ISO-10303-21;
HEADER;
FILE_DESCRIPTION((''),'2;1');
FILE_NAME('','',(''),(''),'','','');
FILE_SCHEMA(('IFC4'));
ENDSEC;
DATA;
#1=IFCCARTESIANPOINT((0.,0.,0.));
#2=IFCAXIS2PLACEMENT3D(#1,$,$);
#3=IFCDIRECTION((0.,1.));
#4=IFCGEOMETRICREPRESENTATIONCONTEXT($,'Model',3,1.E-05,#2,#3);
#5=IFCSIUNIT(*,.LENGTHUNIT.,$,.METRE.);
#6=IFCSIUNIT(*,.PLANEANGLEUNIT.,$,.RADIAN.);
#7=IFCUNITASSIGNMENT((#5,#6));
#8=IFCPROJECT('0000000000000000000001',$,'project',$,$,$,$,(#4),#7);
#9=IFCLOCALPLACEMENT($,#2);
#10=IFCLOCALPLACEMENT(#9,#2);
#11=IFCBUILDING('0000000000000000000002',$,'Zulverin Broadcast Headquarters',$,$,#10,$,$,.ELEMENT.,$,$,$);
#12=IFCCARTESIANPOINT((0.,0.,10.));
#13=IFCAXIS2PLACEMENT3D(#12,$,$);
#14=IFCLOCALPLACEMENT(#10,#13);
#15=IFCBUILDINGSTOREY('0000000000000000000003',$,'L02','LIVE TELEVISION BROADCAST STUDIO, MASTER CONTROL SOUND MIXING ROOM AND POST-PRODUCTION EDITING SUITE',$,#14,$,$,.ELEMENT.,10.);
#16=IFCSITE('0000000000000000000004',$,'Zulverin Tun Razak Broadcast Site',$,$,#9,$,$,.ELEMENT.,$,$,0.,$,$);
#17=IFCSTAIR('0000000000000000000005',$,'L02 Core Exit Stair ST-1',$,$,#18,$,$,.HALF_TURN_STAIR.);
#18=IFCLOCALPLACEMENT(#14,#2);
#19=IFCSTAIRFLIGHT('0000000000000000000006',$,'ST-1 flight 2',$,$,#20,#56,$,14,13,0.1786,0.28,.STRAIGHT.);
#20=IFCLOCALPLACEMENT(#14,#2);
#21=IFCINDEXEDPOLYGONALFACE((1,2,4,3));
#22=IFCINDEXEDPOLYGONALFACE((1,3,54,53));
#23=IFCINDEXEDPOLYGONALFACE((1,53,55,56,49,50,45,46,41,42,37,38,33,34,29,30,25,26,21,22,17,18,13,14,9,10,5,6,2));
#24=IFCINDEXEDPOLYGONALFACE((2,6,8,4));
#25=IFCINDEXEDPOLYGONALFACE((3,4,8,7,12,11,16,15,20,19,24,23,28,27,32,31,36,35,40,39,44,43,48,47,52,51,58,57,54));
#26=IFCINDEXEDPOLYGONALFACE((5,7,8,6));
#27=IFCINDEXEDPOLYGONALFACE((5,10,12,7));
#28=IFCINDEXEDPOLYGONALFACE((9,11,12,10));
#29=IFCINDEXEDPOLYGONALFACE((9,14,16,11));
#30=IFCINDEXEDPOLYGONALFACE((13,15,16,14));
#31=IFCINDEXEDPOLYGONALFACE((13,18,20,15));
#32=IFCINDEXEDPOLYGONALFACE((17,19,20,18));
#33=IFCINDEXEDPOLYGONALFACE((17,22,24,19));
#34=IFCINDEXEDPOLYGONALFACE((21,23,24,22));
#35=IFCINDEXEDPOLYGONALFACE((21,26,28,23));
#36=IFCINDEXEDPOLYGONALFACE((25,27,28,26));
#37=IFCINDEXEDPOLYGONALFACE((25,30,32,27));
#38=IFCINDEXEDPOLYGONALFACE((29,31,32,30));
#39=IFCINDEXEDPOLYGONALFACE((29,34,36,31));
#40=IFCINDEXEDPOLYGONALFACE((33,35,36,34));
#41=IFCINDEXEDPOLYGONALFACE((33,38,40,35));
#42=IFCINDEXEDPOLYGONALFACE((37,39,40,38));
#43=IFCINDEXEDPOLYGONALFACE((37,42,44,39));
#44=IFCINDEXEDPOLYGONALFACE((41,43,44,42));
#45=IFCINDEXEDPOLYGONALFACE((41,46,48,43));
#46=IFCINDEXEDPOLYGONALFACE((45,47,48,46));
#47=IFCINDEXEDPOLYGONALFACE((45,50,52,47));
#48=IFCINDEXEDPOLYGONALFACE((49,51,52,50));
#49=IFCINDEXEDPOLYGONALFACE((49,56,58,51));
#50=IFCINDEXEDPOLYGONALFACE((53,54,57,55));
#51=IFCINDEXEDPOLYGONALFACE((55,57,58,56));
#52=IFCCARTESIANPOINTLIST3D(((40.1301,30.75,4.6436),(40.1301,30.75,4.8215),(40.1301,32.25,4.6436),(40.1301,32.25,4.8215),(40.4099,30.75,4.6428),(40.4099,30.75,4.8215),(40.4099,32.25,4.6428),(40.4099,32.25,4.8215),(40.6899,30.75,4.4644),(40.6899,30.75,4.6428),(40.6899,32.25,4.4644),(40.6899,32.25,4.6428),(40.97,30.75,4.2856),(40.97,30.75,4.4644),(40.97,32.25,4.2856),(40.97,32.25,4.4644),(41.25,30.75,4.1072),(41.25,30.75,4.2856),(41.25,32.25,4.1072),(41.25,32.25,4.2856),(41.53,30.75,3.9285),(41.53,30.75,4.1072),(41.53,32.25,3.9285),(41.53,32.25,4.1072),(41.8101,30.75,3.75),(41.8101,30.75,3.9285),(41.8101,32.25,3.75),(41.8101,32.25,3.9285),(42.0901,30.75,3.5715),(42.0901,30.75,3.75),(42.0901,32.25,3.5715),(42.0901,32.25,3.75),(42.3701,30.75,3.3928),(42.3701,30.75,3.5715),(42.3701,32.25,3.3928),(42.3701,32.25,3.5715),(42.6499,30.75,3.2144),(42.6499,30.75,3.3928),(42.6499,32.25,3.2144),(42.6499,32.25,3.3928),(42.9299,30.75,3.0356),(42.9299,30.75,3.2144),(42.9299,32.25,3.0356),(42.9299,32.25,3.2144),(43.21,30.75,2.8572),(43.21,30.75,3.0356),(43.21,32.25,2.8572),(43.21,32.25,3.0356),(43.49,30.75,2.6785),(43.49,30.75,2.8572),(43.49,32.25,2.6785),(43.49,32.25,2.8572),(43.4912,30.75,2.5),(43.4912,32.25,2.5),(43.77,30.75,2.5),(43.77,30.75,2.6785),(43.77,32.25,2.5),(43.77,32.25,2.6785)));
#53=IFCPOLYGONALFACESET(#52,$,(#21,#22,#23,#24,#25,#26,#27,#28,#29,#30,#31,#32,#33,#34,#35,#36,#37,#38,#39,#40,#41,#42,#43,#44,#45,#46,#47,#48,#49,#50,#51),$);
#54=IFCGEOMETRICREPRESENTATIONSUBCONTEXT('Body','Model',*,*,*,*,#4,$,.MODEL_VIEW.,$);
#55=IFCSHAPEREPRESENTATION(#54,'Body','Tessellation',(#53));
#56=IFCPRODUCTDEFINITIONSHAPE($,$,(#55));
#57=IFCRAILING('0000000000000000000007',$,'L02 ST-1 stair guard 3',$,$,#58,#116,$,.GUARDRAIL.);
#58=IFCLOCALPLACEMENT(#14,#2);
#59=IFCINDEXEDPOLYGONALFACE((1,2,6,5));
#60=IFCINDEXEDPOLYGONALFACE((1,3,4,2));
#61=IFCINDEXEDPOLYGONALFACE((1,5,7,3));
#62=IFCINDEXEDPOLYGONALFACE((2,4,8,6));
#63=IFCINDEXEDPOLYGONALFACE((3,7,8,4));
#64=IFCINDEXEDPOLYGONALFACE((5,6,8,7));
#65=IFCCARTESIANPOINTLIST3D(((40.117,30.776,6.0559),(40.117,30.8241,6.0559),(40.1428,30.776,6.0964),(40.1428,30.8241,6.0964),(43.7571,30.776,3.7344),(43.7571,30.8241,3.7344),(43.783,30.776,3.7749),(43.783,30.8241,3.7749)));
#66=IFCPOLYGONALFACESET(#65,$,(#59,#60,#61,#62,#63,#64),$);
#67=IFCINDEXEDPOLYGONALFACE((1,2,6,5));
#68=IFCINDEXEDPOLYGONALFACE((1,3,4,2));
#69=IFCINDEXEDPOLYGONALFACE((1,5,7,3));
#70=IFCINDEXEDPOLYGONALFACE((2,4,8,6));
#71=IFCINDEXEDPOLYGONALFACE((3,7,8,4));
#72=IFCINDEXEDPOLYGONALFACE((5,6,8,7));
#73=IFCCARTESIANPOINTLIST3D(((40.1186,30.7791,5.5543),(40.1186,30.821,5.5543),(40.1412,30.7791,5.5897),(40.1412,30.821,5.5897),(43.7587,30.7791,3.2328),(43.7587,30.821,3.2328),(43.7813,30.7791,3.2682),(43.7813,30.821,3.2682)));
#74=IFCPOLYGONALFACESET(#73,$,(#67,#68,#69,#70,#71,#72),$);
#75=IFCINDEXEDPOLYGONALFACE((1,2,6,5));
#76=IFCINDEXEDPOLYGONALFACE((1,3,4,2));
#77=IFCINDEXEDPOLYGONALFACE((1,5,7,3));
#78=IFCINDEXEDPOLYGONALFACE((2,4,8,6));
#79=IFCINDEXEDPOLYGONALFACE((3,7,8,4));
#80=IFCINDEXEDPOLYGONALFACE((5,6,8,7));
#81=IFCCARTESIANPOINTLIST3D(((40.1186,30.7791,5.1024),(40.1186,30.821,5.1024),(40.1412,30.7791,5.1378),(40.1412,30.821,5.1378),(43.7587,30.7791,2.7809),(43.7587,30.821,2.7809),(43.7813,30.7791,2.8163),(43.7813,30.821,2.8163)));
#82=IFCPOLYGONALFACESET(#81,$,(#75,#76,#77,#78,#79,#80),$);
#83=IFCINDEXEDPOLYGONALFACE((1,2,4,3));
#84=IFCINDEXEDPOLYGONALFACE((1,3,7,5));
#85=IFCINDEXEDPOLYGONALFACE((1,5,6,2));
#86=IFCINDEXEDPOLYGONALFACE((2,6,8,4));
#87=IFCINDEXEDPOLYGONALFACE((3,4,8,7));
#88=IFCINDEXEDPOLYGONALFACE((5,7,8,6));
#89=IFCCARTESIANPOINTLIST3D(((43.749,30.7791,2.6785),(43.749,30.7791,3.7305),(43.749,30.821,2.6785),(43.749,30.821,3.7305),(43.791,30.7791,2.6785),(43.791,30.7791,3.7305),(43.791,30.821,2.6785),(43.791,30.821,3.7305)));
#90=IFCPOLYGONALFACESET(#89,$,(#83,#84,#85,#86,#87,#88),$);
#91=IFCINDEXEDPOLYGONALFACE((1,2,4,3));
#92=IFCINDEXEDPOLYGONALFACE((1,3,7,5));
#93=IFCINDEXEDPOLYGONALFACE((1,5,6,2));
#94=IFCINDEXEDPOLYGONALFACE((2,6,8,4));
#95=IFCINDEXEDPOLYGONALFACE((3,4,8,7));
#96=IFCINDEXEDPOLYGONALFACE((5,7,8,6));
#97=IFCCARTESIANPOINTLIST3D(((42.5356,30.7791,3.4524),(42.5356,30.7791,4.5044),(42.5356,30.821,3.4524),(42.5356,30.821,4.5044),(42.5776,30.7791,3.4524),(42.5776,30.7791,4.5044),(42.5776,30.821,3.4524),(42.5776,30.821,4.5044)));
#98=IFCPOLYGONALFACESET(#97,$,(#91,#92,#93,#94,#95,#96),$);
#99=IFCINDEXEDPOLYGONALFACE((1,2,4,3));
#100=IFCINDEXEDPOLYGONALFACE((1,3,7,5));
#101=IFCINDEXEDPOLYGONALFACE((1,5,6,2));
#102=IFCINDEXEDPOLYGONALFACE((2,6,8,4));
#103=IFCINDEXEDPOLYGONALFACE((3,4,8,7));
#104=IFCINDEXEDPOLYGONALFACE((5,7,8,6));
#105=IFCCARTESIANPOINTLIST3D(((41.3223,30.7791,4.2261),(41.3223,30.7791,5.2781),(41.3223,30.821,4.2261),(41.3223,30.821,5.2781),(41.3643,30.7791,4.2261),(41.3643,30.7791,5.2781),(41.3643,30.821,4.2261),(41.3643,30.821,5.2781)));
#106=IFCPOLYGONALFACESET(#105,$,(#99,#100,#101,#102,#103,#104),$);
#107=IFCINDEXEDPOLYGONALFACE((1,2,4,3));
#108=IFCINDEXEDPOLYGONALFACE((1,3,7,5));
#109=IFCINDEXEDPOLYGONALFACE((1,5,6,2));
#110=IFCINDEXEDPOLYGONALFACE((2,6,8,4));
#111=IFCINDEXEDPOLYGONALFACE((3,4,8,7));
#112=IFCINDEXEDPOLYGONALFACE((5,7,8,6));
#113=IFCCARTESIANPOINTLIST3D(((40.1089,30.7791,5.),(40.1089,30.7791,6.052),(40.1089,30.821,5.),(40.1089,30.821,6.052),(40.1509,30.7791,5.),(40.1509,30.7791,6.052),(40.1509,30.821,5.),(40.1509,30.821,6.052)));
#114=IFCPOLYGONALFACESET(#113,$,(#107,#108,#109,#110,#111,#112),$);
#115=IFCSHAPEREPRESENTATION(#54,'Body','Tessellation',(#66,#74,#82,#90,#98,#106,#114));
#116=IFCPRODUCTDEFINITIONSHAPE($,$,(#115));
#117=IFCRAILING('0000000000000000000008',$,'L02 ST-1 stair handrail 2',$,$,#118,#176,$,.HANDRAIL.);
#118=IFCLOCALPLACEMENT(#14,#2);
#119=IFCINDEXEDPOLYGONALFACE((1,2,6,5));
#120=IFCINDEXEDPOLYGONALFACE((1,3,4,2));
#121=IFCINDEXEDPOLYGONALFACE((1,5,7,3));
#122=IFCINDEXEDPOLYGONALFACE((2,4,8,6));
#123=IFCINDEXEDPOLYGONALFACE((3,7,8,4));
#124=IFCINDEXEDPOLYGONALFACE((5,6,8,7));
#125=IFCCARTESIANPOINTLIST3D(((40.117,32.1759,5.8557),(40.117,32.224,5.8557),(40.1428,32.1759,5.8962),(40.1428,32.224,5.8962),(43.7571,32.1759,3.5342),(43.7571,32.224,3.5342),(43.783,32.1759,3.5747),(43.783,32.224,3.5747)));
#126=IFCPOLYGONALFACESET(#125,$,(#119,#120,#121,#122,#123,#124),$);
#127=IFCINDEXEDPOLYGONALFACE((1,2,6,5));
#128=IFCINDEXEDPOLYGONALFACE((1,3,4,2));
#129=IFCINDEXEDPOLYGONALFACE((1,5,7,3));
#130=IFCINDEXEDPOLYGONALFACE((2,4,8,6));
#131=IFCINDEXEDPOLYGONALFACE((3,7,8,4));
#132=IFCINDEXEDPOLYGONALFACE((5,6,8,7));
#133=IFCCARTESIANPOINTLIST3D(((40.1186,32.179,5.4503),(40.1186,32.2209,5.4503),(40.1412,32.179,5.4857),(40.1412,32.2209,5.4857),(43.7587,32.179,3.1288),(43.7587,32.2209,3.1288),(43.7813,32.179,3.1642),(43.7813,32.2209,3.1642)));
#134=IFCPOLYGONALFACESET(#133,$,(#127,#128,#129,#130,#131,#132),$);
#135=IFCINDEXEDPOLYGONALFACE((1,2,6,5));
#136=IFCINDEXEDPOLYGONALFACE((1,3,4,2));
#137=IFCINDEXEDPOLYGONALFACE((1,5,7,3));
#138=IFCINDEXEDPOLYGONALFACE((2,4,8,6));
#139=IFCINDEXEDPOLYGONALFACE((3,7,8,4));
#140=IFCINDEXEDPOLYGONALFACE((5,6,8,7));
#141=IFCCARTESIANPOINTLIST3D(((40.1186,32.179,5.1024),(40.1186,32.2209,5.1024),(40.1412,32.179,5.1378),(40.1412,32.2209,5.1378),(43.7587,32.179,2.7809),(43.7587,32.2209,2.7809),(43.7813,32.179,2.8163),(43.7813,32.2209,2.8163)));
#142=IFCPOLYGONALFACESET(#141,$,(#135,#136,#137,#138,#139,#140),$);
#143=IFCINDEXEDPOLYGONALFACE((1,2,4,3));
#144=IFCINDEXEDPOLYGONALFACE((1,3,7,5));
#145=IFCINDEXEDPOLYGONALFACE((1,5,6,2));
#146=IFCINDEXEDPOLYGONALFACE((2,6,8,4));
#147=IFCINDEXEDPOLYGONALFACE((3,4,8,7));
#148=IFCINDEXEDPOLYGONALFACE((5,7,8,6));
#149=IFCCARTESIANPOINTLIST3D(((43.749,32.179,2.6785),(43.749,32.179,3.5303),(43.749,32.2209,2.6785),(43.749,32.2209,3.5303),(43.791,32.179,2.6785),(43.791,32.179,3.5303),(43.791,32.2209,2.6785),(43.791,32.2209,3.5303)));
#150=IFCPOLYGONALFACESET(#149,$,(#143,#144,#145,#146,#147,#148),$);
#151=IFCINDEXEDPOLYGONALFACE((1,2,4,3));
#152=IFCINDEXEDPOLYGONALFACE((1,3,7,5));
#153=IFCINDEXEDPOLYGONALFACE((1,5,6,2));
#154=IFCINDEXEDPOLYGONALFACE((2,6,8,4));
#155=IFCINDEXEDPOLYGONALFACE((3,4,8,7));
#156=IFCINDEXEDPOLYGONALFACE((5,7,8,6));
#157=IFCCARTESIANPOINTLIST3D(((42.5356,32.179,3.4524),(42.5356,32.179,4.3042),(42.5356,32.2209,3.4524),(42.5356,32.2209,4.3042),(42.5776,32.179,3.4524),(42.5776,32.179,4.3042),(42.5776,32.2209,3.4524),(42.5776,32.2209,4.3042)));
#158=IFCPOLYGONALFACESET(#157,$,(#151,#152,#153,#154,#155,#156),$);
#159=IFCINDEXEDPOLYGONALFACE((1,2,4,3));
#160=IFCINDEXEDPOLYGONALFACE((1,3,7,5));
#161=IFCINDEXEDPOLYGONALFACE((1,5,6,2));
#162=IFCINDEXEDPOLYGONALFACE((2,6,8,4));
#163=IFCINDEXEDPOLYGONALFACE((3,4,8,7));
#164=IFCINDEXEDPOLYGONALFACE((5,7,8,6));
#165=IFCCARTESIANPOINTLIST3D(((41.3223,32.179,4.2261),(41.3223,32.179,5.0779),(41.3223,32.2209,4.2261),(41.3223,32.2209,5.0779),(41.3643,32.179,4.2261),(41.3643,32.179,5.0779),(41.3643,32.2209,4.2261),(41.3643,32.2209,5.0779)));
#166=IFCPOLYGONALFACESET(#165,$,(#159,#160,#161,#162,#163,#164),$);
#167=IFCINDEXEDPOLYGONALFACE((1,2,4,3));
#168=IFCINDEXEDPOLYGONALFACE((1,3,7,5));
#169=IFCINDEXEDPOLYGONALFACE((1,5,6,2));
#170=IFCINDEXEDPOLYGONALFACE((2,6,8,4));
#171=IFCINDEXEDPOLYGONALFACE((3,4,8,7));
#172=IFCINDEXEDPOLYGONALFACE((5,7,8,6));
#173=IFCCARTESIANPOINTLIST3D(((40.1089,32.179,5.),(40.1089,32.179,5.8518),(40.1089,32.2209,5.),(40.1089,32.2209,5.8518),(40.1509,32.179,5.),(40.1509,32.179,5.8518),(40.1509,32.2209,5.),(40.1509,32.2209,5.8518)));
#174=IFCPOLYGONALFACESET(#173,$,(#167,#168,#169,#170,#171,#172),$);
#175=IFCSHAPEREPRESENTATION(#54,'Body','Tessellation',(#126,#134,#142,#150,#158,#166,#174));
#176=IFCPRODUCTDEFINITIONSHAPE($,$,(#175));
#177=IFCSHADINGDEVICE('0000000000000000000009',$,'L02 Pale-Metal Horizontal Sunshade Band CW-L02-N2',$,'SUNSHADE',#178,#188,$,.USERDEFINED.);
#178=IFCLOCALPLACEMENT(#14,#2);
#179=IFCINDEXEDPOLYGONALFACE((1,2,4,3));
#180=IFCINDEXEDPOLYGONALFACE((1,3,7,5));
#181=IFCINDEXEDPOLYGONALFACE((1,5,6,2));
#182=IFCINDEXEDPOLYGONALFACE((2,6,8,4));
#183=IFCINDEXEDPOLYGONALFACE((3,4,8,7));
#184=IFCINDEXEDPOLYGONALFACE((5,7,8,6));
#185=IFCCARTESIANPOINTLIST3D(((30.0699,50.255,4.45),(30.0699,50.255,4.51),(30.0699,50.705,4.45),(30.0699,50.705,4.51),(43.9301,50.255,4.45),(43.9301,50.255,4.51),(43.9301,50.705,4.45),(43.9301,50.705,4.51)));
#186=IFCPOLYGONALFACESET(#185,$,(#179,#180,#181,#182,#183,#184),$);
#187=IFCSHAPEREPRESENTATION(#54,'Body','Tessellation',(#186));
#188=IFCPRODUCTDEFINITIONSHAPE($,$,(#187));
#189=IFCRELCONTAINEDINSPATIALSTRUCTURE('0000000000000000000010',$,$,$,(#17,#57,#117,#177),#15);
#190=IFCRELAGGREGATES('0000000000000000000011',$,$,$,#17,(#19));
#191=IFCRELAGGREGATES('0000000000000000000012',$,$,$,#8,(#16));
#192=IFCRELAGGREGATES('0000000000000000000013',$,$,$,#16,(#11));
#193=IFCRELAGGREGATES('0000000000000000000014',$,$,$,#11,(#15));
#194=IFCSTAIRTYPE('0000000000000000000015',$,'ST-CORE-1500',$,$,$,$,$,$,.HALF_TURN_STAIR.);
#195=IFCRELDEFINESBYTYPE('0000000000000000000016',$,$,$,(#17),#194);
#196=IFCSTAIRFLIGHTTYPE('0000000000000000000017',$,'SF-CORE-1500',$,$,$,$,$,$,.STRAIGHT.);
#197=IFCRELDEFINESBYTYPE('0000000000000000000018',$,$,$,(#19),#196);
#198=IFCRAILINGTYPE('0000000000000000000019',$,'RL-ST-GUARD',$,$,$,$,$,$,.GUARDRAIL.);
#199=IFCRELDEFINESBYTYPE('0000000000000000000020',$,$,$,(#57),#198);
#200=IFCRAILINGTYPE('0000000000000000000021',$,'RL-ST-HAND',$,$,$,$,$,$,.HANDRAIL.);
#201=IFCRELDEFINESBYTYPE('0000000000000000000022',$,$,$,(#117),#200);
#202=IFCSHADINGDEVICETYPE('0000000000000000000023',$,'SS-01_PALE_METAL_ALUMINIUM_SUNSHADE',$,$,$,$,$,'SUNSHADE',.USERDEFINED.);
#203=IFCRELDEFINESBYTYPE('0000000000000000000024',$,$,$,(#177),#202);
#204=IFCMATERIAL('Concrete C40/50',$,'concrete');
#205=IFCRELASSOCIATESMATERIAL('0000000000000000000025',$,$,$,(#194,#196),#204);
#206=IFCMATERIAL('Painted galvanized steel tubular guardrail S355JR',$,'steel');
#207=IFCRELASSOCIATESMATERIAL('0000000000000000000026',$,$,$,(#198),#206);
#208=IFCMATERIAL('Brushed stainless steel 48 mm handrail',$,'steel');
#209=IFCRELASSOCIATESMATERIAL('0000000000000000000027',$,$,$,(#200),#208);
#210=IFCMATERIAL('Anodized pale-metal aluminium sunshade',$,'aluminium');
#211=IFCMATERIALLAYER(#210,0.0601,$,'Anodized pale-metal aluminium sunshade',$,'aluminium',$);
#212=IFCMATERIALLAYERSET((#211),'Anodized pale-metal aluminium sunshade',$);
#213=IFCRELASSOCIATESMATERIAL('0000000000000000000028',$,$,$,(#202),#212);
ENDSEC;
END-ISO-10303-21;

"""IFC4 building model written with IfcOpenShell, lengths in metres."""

from ifc_helpers import new_model, si_unit, direction, frame, origin, origin_2d, place, context, subcontext, project, spatial, polyline, rectangle, outline, extrude, material, layer, layer_set, type_object, element, aggregate, save


model = new_model("IFC4")

# Units and contexts
model_context = context("Model", 3, precision=1e-05, world=origin(), true_north=direction((0.0, 1.0)))
body_context = subcontext(model_context, "Body", "Model", "MODEL_VIEW")
ifc_project = project(units=[si_unit("LENGTHUNIT", "METRE"), si_unit("PLANEANGLEUNIT", "RADIAN")], contexts=[model_context])

# Site, building, storey
site_placement = place(None, origin())
site = spatial("IfcSite", under=ifc_project, at=site_placement, Name="Zulverin Tun Razak Broadcast Site", CompositionType="ELEMENT", RefElevation=0.0)
building_placement = place(site_placement, origin())
building = spatial("IfcBuilding", under=site, at=building_placement, Name="Zulverin Broadcast Headquarters", CompositionType="ELEMENT")
storey_placement = place(building_placement, frame((0.0, 0.0, 10.0)))
storey = spatial("IfcBuildingStorey", under=building, at=storey_placement, Name="L02", Description="LIVE TELEVISION BROADCAST STUDIO, MASTER CONTROL SOUND MIXING ROOM AND POST-PRODUCTION EDITING SUITE", CompositionType="ELEMENT", Elevation=10.0)

# Stair, stair flight
ifc_material_1 = material(Name="Concrete C40/50", Category="concrete")
stair_type = type_object("IfcStairType", Name="ST-CORE-1500", PredefinedType="HALF_TURN_STAIR", material=ifc_material_1)
stair_placement = place(storey_placement, origin())
stair = element("IfcStair", 1, at=stair_placement, inside=storey, type_object=stair_type, Name="L02 Core Exit Stair ST-1", PredefinedType="HALF_TURN_STAIR")
stair_flight_type = type_object("IfcStairFlightType", Name="SF-CORE-1500", PredefinedType="STRAIGHT", material=ifc_material_1)
stair_flight_placement = place(storey_placement, frame((43.77, 31.5, 2.5), z_axis=(0.0, 0.0, 1.0), x_axis=(-1.0, 0.0, 0.0)))
stair_flight = element("IfcStairFlight", 2, at=stair_flight_placement, type_object=stair_flight_type, Name="ST-1 flight 2", NumberOfRisers=14, NumberOfTreads=13, PredefinedType="STRAIGHT", RiserHeight=0.1786, TreadLength=0.28, context=body_context, shape_type="SweptSolid", body=[
    extrude(outline(polyline([(0.0, 0.0), (0.0, 0.1785), (0.28, 0.1785), (0.28, 0.3572), (0.5601, 0.3572), (0.5601, 0.5356), (0.8401, 0.5356), (0.8401, 0.7144), (1.1201, 0.7144), (1.1201, 0.8928), (1.3999, 0.8928), (1.3999, 1.0715), (1.6799, 1.0715), (1.6799, 1.25), (1.96, 1.25), (1.96, 1.4285), (2.24, 1.4285), (2.24, 1.6072), (2.52, 1.6072), (2.52, 1.7856), (2.8, 1.7856), (2.8, 1.9644), (3.0801, 1.9644), (3.0801, 2.1428), (3.3601, 2.1428), (3.3601, 2.3215), (3.6399, 2.3215), (3.6399, 2.5), (3.6399, 2.1436), (0.2788, 0.0), (0.0, 0.0)])), frame((0.0, 0.75, 0.0), z_axis=(0.0, -1.0, 0.0), x_axis=(1.0, 0.0, 0.0)), (0.0, 0.0, 1.0), 1.5),
])
aggregate(stair, [stair_flight])

# Railings
ifc_material_2 = material(Name="Painted galvanized steel tubular guardrail S355JR", Category="steel")
railing_type_1 = type_object("IfcRailingType", Name="RL-ST-GUARD", PredefinedType="GUARDRAIL", material=ifc_material_2)
railing_1_placement = place(storey_placement, frame((43.77, 30.8, 2.6785)))
element("IfcRailing", 3, at=railing_1_placement, inside=storey, type_object=railing_type_1, Name="L02 ST-1 stair guard 3", PredefinedType="GUARDRAIL", context=body_context, shape_type="SweptSolid", body=[
    extrude(rectangle(XDim=0.0481, YDim=0.0481, at=origin_2d()), frame((0.0, 0.0, 1.0762), z_axis=(-0.843128, 0.0, 0.537713), x_axis=(0.0, -1.0, 0.0)), (0.0, 0.0, 1.0), 4.3174),
    extrude(rectangle(XDim=0.042, YDim=0.042, at=origin_2d()), frame((0.0, 0.0, 0.572), z_axis=(-0.843128, 0.0, 0.537713), x_axis=(0.0, -1.0, 0.0)), (0.0, 0.0, 1.0), 4.3174),
    extrude(rectangle(XDim=0.042, YDim=0.042, at=origin_2d()), frame((0.0, 0.0, 0.1201), z_axis=(-0.843128, 0.0, 0.537713), x_axis=(0.0, -1.0, 0.0)), (0.0, 0.0, 1.0), 4.3174),
    extrude(rectangle(XDim=0.042, YDim=0.042, at=origin_2d()), origin(), (0.0, 0.0, 1.0), 1.052),
    extrude(rectangle(XDim=0.042, YDim=0.042, at=origin_2d()), frame((-1.2134, 0.0, 0.7739)), (0.0, 0.0, 1.0), 1.052),
    extrude(rectangle(XDim=0.042, YDim=0.042, at=origin_2d()), frame((-2.4268, 0.0, 1.5476)), (0.0, 0.0, 1.0), 1.052),
    extrude(rectangle(XDim=0.042, YDim=0.042, at=origin_2d()), frame((-3.6401, 0.0, 2.3215)), (0.0, 0.0, 1.0), 1.052),
])
ifc_material_3 = material(Name="Brushed stainless steel 48 mm handrail", Category="steel")
railing_type_2 = type_object("IfcRailingType", Name="RL-ST-HAND", PredefinedType="HANDRAIL", material=ifc_material_3)
railing_2_placement = place(storey_placement, frame((43.77, 32.2, 2.6785)))
element("IfcRailing", 4, at=railing_2_placement, inside=storey, type_object=railing_type_2, Name="L02 ST-1 stair handrail 2", PredefinedType="HANDRAIL", context=body_context, shape_type="SweptSolid", body=[
    extrude(rectangle(XDim=0.0481, YDim=0.0481, at=origin_2d()), frame((0.0, 0.0, 0.876), z_axis=(-0.843128, 0.0, 0.537713), x_axis=(0.0, -1.0, 0.0)), (0.0, 0.0, 1.0), 4.3174),
    extrude(rectangle(XDim=0.042, YDim=0.042, at=origin_2d()), frame((0.0, 0.0, 0.468), z_axis=(-0.843128, 0.0, 0.537713), x_axis=(0.0, -1.0, 0.0)), (0.0, 0.0, 1.0), 4.3174),
    extrude(rectangle(XDim=0.042, YDim=0.042, at=origin_2d()), frame((0.0, 0.0, 0.1201), z_axis=(-0.843128, 0.0, 0.537713), x_axis=(0.0, -1.0, 0.0)), (0.0, 0.0, 1.0), 4.3174),
    extrude(rectangle(XDim=0.042, YDim=0.042, at=origin_2d()), origin(), (0.0, 0.0, 1.0), 0.8518),
    extrude(rectangle(XDim=0.042, YDim=0.042, at=origin_2d()), frame((-1.2134, 0.0, 0.7739)), (0.0, 0.0, 1.0), 0.8518),
    extrude(rectangle(XDim=0.042, YDim=0.042, at=origin_2d()), frame((-2.4268, 0.0, 1.5476)), (0.0, 0.0, 1.0), 0.8518),
    extrude(rectangle(XDim=0.042, YDim=0.042, at=origin_2d()), frame((-3.6401, 0.0, 2.3215)), (0.0, 0.0, 1.0), 0.8518),
])

# Shading device
ifc_material_4 = material(Name="Anodized pale-metal aluminium sunshade", Category="aluminium")
ifc_layer_1 = layer(ifc_material_4, 0.0601, Name="Anodized pale-metal aluminium sunshade", Category="aluminium")
ifc_layer_set_1 = layer_set([ifc_layer_1], Name="Anodized pale-metal aluminium sunshade")
shading_device_type = type_object("IfcShadingDeviceType", Name="SS-01_PALE_METAL_ALUMINIUM_SUNSHADE", ElementType="SUNSHADE", PredefinedType="USERDEFINED", material=ifc_layer_set_1)
shading_device_placement = place(storey_placement, frame((37.0, 50.48, 4.45), z_axis=(0.0, 0.0, 1.0), x_axis=(-1.0, 0.0, 0.0)))
element("IfcShadingDevice", 5, at=shading_device_placement, inside=storey, type_object=shading_device_type, Name="L02 Pale-Metal Horizontal Sunshade Band CW-L02-N2", ObjectType="SUNSHADE", PredefinedType="USERDEFINED", context=body_context, shape_type="SweptSolid", body=[
    extrude(rectangle(XDim=13.8601, YDim=0.45, at=origin_2d()), origin(), (0.0, 0.0, 1.0), 0.0601),
])

save(model, "model.ifc")
